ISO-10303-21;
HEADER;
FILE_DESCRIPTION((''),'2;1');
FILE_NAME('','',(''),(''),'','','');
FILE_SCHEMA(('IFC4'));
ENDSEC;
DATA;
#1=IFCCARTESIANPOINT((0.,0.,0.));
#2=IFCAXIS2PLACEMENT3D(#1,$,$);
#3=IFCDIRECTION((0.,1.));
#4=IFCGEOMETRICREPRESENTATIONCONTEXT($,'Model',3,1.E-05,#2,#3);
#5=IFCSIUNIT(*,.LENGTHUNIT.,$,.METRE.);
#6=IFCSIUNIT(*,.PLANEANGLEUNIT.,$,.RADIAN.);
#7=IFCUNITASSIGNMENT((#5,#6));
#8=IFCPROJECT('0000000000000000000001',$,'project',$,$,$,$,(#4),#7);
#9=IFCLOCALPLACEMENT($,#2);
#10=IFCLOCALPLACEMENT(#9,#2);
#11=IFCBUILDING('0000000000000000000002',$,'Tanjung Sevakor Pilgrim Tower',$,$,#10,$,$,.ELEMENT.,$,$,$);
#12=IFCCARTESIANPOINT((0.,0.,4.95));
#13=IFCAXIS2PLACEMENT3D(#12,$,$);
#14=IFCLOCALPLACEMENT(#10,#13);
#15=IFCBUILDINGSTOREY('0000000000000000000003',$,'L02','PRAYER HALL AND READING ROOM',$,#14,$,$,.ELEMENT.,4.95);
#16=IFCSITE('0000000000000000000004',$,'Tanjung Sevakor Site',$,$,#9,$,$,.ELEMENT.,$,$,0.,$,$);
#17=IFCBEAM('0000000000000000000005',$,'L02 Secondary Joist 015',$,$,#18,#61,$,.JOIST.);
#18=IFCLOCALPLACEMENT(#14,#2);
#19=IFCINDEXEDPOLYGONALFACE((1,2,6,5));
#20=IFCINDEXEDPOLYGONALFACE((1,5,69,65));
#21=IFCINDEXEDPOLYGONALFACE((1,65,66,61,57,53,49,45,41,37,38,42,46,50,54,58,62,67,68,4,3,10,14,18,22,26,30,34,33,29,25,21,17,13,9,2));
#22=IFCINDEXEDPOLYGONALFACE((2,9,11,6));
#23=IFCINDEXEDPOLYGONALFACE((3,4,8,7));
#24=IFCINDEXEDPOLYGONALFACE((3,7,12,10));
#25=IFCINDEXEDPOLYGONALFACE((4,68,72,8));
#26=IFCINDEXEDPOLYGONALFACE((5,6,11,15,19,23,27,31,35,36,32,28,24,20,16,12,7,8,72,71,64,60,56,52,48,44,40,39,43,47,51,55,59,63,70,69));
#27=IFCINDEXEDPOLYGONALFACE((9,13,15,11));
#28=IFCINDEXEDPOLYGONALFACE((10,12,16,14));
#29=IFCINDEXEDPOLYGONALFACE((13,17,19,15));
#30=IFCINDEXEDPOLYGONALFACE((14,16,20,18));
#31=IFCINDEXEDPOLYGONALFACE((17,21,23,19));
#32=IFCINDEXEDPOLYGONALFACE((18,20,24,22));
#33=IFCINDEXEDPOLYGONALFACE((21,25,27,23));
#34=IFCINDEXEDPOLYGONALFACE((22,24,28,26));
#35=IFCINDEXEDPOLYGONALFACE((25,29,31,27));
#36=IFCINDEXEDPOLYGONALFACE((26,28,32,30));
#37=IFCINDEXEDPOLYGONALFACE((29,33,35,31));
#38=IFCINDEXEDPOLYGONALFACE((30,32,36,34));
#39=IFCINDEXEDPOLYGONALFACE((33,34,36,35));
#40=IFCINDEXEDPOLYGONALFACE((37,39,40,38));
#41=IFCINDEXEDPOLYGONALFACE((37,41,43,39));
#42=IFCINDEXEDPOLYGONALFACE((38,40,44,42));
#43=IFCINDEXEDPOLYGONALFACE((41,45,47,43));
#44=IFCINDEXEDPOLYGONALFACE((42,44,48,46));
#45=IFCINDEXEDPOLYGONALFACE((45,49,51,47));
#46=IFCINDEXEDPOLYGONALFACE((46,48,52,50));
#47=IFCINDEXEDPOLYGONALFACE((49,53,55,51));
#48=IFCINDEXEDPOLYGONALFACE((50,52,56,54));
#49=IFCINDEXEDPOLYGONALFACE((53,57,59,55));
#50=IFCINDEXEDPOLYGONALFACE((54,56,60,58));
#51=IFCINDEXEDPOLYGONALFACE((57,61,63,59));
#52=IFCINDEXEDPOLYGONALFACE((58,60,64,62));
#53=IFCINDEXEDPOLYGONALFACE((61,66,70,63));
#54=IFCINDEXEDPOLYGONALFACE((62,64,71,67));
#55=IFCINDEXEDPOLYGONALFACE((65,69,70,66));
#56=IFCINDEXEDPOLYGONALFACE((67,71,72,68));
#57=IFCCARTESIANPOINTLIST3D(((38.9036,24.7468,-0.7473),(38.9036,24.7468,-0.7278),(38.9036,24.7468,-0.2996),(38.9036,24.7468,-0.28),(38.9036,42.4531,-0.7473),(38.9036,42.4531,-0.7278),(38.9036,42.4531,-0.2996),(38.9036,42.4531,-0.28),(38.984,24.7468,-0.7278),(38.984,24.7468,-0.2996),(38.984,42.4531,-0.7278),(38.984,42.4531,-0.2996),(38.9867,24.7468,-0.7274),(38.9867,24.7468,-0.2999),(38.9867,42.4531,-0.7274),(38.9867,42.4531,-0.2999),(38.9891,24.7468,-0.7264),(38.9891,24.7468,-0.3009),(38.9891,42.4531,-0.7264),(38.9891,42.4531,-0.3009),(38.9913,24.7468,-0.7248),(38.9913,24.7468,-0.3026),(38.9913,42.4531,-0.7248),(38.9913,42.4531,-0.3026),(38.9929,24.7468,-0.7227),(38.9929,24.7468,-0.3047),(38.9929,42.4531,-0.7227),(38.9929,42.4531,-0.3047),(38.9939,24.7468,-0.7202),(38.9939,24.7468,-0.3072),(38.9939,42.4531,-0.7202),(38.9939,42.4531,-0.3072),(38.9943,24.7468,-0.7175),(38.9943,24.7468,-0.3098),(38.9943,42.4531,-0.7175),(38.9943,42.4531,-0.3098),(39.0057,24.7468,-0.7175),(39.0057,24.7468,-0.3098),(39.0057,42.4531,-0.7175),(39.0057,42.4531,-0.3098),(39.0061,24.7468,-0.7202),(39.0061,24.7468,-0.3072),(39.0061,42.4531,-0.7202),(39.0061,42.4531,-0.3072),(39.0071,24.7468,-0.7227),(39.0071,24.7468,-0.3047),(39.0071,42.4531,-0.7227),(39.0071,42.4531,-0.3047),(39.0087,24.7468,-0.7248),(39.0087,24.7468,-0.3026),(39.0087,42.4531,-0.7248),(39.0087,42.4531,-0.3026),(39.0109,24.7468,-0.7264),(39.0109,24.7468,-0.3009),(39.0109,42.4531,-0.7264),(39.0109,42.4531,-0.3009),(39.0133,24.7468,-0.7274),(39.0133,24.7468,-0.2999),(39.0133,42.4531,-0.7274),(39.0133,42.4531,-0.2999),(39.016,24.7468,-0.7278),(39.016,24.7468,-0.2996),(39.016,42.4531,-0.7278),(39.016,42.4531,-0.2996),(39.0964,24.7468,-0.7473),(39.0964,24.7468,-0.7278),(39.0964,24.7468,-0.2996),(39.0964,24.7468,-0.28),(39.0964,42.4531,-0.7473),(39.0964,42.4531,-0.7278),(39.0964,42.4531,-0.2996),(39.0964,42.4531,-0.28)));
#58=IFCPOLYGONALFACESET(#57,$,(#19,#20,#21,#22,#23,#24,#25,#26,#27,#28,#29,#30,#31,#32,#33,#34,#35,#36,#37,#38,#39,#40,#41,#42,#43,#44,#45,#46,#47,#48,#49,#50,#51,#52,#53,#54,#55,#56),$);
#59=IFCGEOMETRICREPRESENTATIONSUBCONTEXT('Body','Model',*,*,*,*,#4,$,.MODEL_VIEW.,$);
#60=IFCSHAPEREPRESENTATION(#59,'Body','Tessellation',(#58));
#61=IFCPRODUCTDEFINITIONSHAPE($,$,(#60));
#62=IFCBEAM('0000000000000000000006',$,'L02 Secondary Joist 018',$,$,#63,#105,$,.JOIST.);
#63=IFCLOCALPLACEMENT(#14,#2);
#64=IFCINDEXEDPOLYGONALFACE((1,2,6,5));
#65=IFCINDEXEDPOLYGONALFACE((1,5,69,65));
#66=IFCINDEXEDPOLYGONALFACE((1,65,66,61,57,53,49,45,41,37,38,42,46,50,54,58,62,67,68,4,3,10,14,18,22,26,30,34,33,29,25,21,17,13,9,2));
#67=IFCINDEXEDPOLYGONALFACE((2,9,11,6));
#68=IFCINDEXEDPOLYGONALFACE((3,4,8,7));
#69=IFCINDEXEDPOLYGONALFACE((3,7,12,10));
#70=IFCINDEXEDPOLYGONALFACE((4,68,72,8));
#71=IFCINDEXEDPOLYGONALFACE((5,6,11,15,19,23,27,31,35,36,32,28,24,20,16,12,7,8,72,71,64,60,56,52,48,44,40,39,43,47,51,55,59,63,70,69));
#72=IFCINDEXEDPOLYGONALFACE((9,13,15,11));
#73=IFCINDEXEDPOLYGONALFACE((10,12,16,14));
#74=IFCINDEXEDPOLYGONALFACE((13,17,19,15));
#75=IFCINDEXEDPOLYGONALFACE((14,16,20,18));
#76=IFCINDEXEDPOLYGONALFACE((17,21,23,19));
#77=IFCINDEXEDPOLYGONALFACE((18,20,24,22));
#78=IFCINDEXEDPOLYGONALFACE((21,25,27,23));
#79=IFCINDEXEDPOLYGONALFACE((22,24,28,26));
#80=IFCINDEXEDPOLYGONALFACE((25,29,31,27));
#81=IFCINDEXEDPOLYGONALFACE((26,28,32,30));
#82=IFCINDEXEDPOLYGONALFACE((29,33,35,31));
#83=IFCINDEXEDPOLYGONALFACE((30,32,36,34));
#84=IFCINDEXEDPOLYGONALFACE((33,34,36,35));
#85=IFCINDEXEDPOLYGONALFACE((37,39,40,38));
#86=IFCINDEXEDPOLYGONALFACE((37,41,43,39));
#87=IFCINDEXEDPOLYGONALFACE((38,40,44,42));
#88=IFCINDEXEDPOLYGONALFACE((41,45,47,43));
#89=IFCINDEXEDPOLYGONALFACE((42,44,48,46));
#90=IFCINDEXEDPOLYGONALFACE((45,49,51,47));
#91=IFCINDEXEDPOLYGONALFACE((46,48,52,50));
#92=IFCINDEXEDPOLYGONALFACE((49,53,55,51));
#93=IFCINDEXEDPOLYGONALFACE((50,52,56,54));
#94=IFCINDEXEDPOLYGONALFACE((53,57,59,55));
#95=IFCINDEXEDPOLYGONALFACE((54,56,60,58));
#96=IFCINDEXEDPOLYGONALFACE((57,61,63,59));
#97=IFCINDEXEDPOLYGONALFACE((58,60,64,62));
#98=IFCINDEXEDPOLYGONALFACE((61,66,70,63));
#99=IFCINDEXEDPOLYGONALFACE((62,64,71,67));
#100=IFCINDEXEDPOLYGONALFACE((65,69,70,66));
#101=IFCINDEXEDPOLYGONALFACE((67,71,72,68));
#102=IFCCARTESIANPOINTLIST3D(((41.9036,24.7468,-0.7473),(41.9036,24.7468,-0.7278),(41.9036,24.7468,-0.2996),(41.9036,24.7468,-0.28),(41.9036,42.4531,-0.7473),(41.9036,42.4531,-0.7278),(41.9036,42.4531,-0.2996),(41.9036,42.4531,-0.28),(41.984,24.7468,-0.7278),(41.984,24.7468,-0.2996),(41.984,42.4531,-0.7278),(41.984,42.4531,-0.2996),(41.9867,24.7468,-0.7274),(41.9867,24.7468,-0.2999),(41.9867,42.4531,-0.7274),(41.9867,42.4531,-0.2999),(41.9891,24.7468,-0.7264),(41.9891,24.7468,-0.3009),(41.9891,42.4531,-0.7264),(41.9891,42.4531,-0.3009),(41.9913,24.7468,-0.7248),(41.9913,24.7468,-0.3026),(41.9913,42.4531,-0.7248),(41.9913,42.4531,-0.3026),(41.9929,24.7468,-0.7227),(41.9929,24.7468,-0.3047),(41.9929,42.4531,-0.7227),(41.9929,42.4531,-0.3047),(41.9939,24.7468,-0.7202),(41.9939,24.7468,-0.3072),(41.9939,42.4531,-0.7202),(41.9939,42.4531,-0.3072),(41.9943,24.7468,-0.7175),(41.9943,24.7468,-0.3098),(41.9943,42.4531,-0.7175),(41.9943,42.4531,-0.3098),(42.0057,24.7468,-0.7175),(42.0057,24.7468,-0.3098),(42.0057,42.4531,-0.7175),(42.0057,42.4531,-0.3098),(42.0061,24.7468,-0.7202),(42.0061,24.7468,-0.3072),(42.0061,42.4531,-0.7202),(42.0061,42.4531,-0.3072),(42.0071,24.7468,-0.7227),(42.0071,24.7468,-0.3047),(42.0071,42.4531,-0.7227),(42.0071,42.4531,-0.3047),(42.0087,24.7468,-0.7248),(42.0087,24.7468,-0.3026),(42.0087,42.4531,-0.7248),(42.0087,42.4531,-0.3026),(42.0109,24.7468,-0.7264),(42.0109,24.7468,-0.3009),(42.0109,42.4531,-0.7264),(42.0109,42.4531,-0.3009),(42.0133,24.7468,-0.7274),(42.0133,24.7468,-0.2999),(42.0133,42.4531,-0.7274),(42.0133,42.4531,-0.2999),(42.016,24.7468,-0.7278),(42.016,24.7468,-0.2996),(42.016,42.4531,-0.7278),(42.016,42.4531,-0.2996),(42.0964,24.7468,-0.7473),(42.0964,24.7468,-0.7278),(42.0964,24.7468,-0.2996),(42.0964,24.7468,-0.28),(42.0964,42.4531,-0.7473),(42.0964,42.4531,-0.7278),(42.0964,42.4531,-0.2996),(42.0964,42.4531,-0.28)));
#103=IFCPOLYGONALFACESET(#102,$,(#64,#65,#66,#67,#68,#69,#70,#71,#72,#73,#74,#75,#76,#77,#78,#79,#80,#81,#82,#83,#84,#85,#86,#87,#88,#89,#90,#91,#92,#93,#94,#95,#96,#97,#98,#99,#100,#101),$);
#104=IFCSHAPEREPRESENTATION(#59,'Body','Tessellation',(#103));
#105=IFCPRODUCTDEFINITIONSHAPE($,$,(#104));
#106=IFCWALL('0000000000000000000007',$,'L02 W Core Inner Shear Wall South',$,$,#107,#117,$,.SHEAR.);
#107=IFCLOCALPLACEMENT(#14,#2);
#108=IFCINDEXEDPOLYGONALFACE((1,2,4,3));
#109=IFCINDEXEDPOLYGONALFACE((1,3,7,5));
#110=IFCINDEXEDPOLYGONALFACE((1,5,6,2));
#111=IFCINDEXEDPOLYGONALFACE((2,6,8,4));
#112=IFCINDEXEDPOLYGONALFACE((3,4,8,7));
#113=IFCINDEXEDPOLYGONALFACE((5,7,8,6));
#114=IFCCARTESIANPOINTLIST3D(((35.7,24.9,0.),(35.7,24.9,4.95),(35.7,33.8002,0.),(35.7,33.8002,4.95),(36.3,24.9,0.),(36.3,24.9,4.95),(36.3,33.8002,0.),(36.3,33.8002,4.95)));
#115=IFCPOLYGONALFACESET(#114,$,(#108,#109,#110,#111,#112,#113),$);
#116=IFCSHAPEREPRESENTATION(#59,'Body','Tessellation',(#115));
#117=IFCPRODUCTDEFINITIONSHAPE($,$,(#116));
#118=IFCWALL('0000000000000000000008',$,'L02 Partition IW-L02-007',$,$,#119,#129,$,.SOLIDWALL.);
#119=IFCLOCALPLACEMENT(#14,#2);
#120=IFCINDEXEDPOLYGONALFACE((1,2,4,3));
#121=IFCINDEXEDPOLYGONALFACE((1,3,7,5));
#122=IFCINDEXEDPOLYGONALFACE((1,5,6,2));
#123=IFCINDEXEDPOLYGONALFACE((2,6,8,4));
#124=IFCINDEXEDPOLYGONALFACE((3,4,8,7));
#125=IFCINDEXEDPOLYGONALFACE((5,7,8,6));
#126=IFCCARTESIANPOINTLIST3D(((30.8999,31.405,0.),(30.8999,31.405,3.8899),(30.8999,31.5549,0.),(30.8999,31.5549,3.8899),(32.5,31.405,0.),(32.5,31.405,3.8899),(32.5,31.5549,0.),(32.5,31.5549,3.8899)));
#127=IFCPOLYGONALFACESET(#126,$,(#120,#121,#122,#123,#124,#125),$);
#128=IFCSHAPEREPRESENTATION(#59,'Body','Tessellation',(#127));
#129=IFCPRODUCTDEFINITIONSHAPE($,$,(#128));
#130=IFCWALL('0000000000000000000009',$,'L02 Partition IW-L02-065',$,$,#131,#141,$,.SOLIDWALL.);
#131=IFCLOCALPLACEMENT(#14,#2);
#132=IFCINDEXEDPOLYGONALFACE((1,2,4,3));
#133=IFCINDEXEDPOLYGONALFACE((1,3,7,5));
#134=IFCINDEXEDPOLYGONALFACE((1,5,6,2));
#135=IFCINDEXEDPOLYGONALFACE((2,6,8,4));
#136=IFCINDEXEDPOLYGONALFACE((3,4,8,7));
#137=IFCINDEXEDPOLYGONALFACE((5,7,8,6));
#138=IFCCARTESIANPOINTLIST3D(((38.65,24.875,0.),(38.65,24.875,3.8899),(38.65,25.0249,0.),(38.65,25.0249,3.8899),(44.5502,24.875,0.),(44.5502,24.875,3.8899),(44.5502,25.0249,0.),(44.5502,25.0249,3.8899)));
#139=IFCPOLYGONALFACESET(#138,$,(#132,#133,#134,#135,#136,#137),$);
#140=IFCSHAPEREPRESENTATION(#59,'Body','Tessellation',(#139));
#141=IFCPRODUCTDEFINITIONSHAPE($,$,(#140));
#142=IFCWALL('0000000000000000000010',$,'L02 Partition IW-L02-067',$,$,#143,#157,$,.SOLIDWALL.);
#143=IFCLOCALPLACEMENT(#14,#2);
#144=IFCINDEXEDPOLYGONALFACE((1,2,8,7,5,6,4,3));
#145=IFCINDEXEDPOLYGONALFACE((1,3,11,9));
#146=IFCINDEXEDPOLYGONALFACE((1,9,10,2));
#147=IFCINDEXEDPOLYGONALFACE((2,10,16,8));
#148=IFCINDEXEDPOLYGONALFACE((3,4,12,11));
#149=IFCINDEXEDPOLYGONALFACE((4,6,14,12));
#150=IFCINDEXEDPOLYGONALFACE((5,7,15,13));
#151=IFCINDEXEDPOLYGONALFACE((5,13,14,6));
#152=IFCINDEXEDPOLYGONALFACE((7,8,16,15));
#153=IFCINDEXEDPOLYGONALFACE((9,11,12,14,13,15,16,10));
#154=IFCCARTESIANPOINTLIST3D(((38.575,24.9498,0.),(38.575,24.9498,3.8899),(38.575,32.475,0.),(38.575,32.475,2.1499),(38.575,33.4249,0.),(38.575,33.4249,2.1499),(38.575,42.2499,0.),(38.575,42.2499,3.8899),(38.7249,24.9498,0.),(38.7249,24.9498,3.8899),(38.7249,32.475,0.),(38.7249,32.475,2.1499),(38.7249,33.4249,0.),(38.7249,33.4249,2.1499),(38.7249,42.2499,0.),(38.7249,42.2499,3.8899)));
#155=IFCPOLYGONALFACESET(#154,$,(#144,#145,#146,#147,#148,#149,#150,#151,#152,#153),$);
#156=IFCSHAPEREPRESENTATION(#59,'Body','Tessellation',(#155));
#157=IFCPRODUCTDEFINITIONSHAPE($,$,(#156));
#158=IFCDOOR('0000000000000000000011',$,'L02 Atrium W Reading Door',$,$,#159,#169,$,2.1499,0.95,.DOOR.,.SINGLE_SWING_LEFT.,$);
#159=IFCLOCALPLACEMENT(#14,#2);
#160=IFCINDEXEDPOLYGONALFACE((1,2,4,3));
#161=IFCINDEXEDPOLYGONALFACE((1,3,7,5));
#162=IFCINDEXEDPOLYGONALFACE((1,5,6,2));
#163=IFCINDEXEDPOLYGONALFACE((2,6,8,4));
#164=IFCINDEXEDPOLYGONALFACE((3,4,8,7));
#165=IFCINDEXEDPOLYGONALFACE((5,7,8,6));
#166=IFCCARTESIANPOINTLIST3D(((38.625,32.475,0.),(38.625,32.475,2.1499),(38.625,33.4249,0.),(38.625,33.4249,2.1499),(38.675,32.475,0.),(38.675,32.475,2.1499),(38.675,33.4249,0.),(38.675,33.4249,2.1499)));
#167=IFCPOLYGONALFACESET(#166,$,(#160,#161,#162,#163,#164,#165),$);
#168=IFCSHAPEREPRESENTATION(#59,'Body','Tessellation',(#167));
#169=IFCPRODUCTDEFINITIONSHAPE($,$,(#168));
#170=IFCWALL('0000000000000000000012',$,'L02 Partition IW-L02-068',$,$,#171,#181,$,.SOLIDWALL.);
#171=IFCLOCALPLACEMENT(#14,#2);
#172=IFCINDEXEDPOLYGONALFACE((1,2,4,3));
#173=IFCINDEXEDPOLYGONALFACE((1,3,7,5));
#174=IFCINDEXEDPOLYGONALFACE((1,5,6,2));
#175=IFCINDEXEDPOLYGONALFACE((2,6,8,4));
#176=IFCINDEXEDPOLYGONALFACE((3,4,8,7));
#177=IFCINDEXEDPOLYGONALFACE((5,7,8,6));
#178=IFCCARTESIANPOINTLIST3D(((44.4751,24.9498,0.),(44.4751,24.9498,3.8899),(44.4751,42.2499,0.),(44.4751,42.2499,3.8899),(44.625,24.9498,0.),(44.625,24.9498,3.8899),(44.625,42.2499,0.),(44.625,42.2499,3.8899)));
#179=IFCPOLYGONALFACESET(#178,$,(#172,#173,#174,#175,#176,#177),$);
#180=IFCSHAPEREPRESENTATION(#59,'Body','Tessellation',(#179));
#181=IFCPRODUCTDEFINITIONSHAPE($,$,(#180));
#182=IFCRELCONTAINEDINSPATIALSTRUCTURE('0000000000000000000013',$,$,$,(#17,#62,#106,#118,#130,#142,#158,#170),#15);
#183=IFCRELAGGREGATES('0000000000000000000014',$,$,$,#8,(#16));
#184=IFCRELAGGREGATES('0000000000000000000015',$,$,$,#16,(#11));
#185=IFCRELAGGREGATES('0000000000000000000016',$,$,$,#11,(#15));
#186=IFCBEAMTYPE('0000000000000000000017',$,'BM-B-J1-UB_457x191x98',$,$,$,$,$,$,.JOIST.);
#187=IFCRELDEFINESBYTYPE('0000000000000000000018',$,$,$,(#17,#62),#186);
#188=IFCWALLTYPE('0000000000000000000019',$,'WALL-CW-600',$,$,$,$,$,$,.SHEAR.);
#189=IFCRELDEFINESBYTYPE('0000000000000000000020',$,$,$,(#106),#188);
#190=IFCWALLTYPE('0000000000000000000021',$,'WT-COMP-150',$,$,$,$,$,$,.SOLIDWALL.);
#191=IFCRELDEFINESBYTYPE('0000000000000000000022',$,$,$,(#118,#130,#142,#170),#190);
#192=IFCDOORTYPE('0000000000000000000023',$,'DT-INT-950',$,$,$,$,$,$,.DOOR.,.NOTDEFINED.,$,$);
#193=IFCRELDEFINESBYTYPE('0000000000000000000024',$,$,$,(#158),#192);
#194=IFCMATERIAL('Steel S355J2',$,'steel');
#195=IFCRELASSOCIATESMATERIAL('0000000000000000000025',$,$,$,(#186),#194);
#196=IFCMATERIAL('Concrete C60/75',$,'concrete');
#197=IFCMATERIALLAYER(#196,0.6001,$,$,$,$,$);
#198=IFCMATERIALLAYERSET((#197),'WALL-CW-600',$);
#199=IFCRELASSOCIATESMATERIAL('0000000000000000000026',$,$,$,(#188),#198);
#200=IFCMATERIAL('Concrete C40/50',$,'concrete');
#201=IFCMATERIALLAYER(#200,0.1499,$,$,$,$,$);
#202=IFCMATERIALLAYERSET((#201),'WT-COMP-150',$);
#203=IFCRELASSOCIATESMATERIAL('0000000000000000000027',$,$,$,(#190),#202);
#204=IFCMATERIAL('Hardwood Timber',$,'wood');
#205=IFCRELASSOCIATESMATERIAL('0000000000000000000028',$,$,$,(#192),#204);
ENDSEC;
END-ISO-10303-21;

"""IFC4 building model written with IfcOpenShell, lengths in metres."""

from ifc_helpers import new_model, si_unit, direction, frame, frame_2d, origin, origin_2d, place, context, subcontext, project, spatial, rectangle, i_section, extrude, material, layer, layer_set, material_profile, profile_set, type_object, element, fill, save


model = new_model("IFC4")

# Units and contexts
model_context = context("Model", 3, precision=1e-05, world=origin(), true_north=direction((0.0, 1.0)))
body_context = subcontext(model_context, "Body", "Model", "MODEL_VIEW")
ifc_project = project(units=[si_unit("LENGTHUNIT", "METRE"), si_unit("PLANEANGLEUNIT", "RADIAN")], contexts=[model_context])

# Site, building, storey
site_placement = place(None, origin())
site = spatial("IfcSite", under=ifc_project, at=site_placement, Name="Tanjung Sevakor Site", CompositionType="ELEMENT", RefElevation=0.0)
building_placement = place(site_placement, origin())
building = spatial("IfcBuilding", under=site, at=building_placement, Name="Tanjung Sevakor Pilgrim Tower", CompositionType="ELEMENT")
storey_placement = place(building_placement, frame((0.0, 0.0, 4.95)))
storey = spatial("IfcBuildingStorey", under=building, at=storey_placement, Name="L02", Description="PRAYER HALL AND READING ROOM", CompositionType="ELEMENT", Elevation=4.95)

# Beams
ifc_material_1 = material(Name="Steel S355J2", Category="steel")
ifc_material_profile = material_profile(ifc_material_1, i_section(OverallWidth=0.1929, OverallDepth=0.4673, WebThickness=0.0115, FlangeThickness=0.0195, FilletRadius=0.0103, at=origin_2d()))
ifc_profile_set = profile_set([ifc_material_profile], Name="Steel S355J2")
beam_type = type_object("IfcBeamType", Name="BM-B-J1-UB_457x191x98", PredefinedType="JOIST", material=ifc_profile_set)
for number, where, z_axis, x_axis, name in (
    (1, (39.0, 24.7468, -0.5137), (0.0, 1.0, 0.0), (-1.0, 0.0, 0.0), "L02 Secondary Joist 015"),
    (2, (42.0, 24.7468, -0.5137), (0.0, 1.0, 0.0), (-1.0, 0.0, 0.0), "L02 Secondary Joist 018"),
):
    element("IfcBeam", number, at=place(storey_placement, frame(where, z_axis=z_axis, x_axis=x_axis)), inside=storey, type_object=beam_type, Name=name, PredefinedType="JOIST", context=body_context, shape_type="SweptSolid", body=[
        extrude(i_section(OverallWidth=0.1929, OverallDepth=0.4673, WebThickness=0.0115, FlangeThickness=0.0195, FilletRadius=0.0103, at=origin_2d()), origin(), (0.0, 0.0, 1.0), 17.7063),
    ])

# Wall
ifc_material_2 = material(Name="Concrete C60/75", Category="concrete")
ifc_layer_1 = layer(ifc_material_2, 0.6001)
ifc_layer_set_1 = layer_set([ifc_layer_1], Name="WALL-CW-600")
wall_type_1 = type_object("IfcWallType", Name="WALL-CW-600", PredefinedType="SHEAR", material=ifc_layer_set_1)
wall_1_placement = place(storey_placement, frame((36.0, 24.8999, 0.0), z_axis=(0.0, 0.0, 1.0), x_axis=(0.0, 1.0, 0.0)))
element("IfcWall", 3, at=wall_1_placement, inside=storey, type_object=wall_type_1, Name="L02 W Core Inner Shear Wall South", PredefinedType="SHEAR", context=body_context, shape_type="SweptSolid", body=[
    extrude(rectangle(XDim=8.9001, YDim=0.6001, at=frame_2d((4.4502, 0.0))), origin(), (0.0, 0.0, 1.0), 4.95),
])

# Walls
ifc_material_3 = material(Name="Concrete C40/50", Category="concrete")
ifc_layer_2 = layer(ifc_material_3, 0.1499)
ifc_layer_set_2 = layer_set([ifc_layer_2], Name="WT-COMP-150")
wall_type_2 = type_object("IfcWallType", Name="WT-COMP-150", PredefinedType="SOLIDWALL", material=ifc_layer_set_2)
wall_2_placement = place(storey_placement, frame((30.8999, 31.48, 0.0), z_axis=(0.0, 0.0, 1.0), x_axis=(1.0, 0.0, 0.0)))
element("IfcWall", 4, at=wall_2_placement, inside=storey, type_object=wall_type_2, Name="L02 Partition IW-L02-007", PredefinedType="SOLIDWALL", context=body_context, shape_type="SweptSolid", body=[
    extrude(rectangle(XDim=1.6001, YDim=0.1499, at=frame_2d((0.8, 0.0))), origin(), (0.0, 0.0, 1.0), 3.8899),
])
wall_3_placement = place(storey_placement, frame((38.6499, 24.95, 0.0), z_axis=(0.0, 0.0, 1.0), x_axis=(1.0, 0.0, 0.0)))
element("IfcWall", 5, at=wall_3_placement, inside=storey, type_object=wall_type_2, Name="L02 Partition IW-L02-065", PredefinedType="SOLIDWALL", context=body_context, shape_type="SweptSolid", body=[
    extrude(rectangle(XDim=5.9001, YDim=0.1499, at=frame_2d((2.9502, 0.0))), origin(), (0.0, 0.0, 1.0), 3.8899),
])

# Wall, opening, door
wall_4_placement = place(storey_placement, frame((38.6499, 24.95, 0.0), z_axis=(0.0, 0.0, 1.0), x_axis=(0.0, 1.0, 0.0)))
wall_4 = element("IfcWall", 6, at=wall_4_placement, inside=storey, type_object=wall_type_2, Name="L02 Partition IW-L02-067", PredefinedType="SOLIDWALL", context=body_context, shape_type="SweptSolid", body=[
    extrude(rectangle(XDim=17.3, YDim=0.1499, at=frame_2d((8.6499, 0.0))), origin(), (0.0, 0.0, 1.0), 3.8899),
])
opening_1_placement = place(wall_4_placement, frame((7.5249, 0.0, 0.0)))
opening_1 = element("IfcOpeningElement", 7, at=opening_1_placement, cuts=wall_4, PredefinedType="OPENING", context=body_context, shape_type="SweptSolid", body=[
    extrude(rectangle(XDim=0.95, YDim=2.1499, at=frame_2d((0.4751, 1.075))), frame((0.0, 0.085, 0.0), z_axis=(0.0, -1.0, 0.0), x_axis=(1.0, 0.0, 0.0)), (0.0, 0.0, 1.0), 0.1699),
])
ifc_material_4 = material(Name="Hardwood Timber", Category="wood")
door_type_1 = type_object("IfcDoorType", Name="DT-INT-950", OperationType="NOTDEFINED", PredefinedType="DOOR", material=ifc_material_4)
door_1_placement = place(opening_1_placement, origin())
door_1 = element("IfcDoor", 8, at=door_1_placement, inside=storey, type_object=door_type_1, Name="L02 Atrium W Reading Door", OperationType="SINGLE_SWING_LEFT", OverallHeight=2.1499, OverallWidth=0.95, PredefinedType="DOOR", context=body_context, shape_type="SweptSolid", body=[
    extrude(rectangle(XDim=0.95, YDim=2.1499, at=frame_2d((0.4751, 1.075))), frame((0.0, 0.0249, 0.0), z_axis=(0.0, -1.0, 0.0), x_axis=(1.0, 0.0, 0.0)), (0.0, 0.0, 1.0), 0.05),
])
fill(opening_1, door_1)

# Wall
wall_5_placement = place(storey_placement, frame((44.55, 24.95, 0.0), z_axis=(0.0, 0.0, 1.0), x_axis=(0.0, 1.0, 0.0)))
element("IfcWall", 9, at=wall_5_placement, inside=storey, type_object=wall_type_2, Name="L02 Partition IW-L02-068", PredefinedType="SOLIDWALL", context=body_context, shape_type="SweptSolid", body=[
    extrude(rectangle(XDim=17.3, YDim=0.1499, at=frame_2d((8.6499, 0.0))), origin(), (0.0, 0.0, 1.0), 3.8899),
])

save(model, "model.ifc")
